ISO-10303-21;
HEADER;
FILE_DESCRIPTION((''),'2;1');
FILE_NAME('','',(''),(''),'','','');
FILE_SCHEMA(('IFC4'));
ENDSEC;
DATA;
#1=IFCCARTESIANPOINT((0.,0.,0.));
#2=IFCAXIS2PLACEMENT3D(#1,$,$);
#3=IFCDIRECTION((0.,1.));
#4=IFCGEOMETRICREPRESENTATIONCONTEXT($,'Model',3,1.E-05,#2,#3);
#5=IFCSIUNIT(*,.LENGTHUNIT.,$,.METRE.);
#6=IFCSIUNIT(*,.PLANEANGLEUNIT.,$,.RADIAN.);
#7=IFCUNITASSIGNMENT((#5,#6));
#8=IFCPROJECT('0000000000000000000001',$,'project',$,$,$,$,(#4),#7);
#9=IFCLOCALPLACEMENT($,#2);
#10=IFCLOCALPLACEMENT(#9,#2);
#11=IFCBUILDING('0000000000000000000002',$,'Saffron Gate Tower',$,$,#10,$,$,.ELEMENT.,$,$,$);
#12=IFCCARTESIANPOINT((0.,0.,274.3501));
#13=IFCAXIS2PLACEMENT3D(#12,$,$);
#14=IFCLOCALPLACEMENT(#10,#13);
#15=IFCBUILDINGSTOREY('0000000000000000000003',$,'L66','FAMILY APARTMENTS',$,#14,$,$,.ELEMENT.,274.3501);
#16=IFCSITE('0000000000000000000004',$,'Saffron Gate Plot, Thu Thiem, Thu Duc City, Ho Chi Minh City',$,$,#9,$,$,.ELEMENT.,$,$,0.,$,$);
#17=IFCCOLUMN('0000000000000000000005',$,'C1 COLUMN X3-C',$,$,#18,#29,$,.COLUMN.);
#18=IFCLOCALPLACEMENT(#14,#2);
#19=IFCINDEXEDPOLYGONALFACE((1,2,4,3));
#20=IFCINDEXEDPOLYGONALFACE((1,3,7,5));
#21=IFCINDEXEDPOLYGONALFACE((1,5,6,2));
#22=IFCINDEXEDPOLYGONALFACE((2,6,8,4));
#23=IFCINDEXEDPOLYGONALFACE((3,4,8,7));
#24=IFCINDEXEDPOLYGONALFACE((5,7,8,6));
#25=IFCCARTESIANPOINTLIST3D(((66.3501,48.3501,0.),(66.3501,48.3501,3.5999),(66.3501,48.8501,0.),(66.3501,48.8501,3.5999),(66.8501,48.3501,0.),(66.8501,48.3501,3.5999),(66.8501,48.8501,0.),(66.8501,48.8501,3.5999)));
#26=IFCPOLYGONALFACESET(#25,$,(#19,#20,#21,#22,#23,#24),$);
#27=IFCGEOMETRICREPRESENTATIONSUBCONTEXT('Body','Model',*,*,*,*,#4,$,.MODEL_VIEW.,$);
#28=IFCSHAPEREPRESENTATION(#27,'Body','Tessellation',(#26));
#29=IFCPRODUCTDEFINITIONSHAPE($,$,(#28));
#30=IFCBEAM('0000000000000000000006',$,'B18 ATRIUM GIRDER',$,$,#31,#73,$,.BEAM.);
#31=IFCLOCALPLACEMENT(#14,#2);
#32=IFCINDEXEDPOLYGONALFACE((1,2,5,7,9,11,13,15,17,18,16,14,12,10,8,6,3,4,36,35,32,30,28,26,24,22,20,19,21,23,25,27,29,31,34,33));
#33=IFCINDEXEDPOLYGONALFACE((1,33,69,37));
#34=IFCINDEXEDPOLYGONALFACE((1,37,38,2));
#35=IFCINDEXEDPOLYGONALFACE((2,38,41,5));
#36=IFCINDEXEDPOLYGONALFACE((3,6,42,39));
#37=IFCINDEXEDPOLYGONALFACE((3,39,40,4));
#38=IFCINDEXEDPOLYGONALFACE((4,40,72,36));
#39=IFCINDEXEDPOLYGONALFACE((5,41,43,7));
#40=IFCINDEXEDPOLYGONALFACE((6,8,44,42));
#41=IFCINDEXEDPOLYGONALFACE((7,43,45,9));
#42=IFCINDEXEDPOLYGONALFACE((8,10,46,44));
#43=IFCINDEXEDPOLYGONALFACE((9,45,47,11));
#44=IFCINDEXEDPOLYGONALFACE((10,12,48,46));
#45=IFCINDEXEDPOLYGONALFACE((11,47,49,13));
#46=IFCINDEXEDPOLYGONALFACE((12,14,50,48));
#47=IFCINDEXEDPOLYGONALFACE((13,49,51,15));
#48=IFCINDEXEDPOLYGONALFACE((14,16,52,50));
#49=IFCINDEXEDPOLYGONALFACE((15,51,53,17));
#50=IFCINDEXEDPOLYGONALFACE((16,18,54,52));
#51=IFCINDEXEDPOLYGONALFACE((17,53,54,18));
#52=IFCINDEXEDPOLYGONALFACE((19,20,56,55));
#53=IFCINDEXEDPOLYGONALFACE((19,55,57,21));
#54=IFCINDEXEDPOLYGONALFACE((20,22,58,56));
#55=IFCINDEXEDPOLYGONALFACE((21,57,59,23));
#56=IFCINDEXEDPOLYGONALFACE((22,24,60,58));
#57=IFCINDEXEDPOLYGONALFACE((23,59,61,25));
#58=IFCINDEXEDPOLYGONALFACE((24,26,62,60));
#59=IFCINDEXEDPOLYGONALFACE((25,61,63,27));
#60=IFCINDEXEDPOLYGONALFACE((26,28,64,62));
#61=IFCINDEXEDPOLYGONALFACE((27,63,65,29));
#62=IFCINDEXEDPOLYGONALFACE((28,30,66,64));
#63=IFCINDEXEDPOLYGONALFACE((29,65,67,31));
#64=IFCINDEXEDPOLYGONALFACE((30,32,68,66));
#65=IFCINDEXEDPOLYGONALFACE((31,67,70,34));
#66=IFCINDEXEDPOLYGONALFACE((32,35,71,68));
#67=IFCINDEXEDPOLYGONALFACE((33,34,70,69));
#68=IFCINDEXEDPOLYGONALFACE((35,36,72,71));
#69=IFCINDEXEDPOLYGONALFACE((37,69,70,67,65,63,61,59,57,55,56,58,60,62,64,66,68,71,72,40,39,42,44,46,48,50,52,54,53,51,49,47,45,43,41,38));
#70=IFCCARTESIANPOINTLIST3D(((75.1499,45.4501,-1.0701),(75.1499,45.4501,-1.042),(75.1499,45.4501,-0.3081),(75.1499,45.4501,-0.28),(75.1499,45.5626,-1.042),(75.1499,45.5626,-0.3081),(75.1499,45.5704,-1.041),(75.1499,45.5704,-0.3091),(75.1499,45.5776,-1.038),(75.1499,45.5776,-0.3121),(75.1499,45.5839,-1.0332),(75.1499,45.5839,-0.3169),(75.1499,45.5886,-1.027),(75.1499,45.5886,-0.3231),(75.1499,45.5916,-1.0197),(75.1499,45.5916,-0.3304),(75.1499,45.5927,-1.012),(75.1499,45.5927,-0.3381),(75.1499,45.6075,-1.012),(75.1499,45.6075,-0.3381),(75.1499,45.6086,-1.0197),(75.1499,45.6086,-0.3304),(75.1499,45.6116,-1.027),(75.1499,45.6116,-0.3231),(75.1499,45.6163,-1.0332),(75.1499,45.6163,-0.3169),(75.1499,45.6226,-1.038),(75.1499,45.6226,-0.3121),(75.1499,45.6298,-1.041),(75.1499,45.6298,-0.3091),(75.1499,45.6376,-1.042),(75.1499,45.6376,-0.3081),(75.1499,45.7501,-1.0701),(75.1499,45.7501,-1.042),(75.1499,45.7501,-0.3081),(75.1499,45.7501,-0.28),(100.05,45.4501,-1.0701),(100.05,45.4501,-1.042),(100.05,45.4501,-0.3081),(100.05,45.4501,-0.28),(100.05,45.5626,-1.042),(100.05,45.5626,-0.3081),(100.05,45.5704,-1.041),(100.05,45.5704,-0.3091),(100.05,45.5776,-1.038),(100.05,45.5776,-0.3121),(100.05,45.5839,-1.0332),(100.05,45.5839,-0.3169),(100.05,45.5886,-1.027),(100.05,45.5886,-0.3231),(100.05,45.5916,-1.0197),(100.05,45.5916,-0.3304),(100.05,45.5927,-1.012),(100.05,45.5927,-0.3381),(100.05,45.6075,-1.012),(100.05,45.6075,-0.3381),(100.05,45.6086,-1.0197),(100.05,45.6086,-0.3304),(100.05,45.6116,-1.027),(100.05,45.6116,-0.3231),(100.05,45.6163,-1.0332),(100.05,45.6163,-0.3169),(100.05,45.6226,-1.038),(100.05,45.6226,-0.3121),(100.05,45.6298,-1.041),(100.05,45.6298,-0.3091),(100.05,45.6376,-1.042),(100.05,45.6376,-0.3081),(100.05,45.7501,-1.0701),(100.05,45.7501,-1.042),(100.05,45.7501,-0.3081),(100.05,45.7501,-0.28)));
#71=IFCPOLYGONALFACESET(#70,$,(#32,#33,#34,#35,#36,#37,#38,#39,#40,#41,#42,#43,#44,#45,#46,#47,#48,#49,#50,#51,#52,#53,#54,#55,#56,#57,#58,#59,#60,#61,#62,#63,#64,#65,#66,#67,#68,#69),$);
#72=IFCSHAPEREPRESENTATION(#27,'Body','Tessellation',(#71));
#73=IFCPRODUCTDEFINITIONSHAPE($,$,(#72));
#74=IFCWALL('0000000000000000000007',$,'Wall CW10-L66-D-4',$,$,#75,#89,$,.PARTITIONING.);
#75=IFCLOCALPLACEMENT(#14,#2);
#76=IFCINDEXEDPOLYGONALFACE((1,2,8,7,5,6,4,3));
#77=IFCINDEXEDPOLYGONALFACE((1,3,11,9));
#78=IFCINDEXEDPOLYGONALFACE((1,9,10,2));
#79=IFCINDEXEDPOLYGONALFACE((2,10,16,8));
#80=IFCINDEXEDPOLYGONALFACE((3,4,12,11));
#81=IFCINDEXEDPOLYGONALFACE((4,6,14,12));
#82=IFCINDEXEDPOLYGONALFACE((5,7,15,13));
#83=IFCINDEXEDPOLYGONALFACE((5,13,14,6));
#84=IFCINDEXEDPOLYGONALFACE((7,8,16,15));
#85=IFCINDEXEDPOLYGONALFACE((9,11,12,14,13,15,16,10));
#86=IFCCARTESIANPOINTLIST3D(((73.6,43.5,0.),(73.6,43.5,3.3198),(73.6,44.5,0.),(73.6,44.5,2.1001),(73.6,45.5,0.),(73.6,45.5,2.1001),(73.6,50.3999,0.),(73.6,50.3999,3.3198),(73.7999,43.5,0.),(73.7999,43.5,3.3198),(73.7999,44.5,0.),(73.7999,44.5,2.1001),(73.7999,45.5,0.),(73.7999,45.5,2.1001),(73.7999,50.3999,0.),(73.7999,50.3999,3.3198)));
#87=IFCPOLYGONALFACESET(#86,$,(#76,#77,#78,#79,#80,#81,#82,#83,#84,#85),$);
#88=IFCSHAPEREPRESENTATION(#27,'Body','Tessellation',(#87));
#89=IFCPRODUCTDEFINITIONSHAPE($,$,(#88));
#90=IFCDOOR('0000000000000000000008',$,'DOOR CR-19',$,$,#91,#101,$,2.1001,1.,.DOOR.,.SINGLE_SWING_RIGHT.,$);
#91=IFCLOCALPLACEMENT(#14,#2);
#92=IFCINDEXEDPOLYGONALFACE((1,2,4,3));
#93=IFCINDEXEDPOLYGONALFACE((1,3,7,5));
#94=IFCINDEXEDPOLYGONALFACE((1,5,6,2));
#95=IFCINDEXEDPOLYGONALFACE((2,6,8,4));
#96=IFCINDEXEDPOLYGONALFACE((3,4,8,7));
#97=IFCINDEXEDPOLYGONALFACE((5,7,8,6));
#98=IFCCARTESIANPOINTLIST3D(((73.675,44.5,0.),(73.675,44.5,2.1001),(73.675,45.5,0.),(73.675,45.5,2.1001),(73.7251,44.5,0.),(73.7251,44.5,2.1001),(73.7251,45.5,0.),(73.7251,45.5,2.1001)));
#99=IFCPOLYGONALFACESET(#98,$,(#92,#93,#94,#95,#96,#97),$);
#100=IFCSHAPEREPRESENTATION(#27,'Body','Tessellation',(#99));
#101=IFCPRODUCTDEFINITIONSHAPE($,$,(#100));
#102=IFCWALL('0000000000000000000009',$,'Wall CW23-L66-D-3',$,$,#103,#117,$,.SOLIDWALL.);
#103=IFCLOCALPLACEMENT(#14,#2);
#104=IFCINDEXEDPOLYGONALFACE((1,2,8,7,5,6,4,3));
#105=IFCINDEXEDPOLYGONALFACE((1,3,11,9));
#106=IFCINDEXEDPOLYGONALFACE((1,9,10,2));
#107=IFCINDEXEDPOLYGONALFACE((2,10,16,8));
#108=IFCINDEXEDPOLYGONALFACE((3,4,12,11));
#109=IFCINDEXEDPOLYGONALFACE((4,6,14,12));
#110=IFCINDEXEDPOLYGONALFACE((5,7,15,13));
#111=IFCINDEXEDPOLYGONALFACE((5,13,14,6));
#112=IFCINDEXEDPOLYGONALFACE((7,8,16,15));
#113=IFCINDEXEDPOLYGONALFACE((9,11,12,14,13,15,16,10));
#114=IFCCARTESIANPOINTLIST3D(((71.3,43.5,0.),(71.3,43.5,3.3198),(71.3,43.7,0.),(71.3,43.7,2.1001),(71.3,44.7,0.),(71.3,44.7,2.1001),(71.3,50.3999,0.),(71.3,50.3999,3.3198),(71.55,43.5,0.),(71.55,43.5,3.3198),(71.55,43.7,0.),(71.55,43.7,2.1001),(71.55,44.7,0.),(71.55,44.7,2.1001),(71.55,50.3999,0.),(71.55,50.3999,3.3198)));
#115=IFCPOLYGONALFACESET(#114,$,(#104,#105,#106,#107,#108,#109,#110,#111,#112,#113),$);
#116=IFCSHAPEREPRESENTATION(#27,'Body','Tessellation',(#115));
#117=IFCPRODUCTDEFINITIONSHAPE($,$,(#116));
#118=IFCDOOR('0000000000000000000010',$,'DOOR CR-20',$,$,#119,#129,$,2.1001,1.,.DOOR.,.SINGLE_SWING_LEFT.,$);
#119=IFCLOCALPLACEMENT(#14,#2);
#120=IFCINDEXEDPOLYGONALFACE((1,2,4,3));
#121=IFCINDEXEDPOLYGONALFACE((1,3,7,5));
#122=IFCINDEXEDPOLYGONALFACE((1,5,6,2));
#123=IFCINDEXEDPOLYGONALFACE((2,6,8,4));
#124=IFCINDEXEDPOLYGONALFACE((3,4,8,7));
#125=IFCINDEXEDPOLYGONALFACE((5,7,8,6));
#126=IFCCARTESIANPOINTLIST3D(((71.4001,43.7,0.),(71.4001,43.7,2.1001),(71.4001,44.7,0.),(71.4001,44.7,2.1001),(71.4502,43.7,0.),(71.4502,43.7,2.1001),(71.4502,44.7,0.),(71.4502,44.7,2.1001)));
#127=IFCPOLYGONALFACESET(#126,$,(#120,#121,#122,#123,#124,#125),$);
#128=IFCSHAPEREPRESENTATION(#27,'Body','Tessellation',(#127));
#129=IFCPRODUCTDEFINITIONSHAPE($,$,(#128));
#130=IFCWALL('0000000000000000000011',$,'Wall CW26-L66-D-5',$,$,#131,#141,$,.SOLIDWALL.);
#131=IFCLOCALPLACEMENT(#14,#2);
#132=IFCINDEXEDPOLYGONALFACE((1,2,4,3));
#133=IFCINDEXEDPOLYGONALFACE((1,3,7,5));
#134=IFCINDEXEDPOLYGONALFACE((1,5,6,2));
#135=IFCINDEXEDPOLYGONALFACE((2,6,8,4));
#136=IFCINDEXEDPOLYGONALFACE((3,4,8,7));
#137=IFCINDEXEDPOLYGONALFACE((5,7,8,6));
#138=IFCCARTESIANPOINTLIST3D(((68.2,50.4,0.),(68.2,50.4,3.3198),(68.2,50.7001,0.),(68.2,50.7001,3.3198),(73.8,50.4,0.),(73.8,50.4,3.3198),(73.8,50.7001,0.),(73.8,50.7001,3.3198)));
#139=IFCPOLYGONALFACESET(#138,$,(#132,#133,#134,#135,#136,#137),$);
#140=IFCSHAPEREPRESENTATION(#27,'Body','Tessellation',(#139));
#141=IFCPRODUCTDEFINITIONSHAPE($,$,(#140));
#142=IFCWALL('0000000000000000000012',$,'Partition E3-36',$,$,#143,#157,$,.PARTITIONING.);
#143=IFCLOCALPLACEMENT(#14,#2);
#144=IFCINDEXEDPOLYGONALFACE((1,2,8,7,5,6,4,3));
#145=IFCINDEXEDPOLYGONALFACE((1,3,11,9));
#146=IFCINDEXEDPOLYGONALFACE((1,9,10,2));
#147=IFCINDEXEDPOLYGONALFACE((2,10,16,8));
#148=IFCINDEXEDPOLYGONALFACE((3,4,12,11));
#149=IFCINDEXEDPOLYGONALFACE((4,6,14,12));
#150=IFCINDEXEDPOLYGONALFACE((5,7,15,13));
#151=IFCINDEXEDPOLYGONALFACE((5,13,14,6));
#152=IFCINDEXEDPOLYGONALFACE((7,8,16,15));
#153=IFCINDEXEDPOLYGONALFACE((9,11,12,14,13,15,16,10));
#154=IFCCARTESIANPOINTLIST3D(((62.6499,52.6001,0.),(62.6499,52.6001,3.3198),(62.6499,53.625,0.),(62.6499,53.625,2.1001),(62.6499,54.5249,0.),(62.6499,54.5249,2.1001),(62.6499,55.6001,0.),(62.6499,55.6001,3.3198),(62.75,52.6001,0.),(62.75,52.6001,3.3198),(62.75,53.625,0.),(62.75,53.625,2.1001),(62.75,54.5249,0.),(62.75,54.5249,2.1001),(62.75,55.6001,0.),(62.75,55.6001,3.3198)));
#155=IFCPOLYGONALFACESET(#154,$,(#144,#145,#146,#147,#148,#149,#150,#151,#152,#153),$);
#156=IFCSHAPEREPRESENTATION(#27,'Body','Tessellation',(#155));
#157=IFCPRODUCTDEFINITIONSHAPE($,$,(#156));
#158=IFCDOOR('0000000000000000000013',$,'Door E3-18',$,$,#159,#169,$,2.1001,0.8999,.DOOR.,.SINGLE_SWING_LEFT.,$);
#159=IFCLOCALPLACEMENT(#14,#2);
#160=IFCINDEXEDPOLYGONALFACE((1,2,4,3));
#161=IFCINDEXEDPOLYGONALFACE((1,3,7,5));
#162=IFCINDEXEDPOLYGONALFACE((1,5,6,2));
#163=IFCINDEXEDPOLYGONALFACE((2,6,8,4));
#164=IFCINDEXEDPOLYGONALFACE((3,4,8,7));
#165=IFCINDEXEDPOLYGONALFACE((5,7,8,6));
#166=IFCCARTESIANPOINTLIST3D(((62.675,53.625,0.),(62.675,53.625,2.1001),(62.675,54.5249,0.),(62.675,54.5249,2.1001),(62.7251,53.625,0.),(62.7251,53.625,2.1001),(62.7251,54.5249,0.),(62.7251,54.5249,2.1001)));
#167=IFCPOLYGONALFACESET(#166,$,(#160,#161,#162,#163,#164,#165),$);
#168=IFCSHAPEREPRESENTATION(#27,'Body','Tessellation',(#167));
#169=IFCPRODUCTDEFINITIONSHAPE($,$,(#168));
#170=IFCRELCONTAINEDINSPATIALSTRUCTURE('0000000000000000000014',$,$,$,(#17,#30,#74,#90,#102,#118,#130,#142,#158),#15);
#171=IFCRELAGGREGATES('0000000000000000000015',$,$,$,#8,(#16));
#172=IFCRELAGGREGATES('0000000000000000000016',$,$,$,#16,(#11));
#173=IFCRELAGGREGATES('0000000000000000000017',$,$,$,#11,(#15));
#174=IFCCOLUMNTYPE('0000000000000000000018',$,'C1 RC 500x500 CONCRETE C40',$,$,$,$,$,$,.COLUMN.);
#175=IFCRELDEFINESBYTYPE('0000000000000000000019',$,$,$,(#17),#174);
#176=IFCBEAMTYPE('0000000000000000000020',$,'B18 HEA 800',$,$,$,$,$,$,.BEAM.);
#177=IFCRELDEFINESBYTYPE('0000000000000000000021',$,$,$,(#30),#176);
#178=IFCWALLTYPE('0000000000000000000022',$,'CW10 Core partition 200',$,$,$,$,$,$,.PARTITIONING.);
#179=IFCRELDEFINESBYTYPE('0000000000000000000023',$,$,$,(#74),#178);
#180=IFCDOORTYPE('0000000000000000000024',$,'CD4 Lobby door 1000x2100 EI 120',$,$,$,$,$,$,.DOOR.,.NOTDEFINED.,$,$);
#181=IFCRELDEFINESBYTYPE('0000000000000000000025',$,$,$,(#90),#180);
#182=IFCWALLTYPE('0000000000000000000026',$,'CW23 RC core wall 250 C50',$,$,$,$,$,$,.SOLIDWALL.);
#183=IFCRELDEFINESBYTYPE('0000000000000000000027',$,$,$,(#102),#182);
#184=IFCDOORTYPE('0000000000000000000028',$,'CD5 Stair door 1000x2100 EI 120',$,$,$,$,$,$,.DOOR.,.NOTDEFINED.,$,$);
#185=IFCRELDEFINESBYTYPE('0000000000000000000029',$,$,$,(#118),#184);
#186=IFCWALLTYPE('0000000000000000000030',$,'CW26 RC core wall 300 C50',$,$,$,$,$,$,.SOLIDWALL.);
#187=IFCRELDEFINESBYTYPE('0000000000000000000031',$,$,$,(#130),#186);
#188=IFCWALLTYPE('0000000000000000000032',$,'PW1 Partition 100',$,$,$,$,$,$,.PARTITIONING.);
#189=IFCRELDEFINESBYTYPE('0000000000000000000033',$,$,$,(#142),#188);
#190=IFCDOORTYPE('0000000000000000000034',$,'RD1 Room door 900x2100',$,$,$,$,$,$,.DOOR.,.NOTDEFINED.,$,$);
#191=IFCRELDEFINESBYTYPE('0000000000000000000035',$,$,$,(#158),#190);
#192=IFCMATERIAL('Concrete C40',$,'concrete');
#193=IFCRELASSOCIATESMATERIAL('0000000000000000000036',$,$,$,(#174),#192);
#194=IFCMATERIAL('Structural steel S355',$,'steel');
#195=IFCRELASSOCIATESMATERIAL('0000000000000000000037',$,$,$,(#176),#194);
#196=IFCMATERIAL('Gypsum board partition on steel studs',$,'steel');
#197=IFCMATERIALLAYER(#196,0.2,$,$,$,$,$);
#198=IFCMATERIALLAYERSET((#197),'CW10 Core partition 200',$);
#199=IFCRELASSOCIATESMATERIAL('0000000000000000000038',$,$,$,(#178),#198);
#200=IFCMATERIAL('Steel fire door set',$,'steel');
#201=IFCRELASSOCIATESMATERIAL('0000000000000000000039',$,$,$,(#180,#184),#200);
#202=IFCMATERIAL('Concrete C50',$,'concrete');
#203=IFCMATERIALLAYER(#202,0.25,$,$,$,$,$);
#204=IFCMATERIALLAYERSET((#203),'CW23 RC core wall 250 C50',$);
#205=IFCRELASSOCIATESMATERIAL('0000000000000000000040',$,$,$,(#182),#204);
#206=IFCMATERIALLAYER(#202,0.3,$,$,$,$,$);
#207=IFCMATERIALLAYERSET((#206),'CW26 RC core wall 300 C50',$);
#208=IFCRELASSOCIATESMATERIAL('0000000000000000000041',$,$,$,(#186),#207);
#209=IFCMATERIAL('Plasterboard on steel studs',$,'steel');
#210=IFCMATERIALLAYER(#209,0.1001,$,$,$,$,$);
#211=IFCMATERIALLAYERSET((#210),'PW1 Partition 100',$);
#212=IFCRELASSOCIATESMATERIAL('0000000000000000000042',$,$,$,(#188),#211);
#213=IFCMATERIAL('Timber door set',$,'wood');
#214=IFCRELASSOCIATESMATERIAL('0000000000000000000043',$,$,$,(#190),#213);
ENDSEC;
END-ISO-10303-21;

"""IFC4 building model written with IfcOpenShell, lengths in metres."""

from ifc_helpers import new_model, si_unit, direction, frame, frame_2d, origin, origin_2d, place, context, subcontext, project, spatial, rectangle, i_section, extrude, material, layer, layer_set, material_profile, profile_set, type_object, element, fill, save


model = new_model("IFC4")

# Units and contexts
model_context = context("Model", 3, precision=1e-05, world=origin(), true_north=direction((0.0, 1.0)))
body_context = subcontext(model_context, "Body", "Model", "MODEL_VIEW")
ifc_project = project(units=[si_unit("LENGTHUNIT", "METRE"), si_unit("PLANEANGLEUNIT", "RADIAN")], contexts=[model_context])

# Site, building, storey
site_placement = place(None, origin())
site = spatial("IfcSite", under=ifc_project, at=site_placement, Name="Saffron Gate Plot, Thu Thiem, Thu Duc City, Ho Chi Minh City", CompositionType="ELEMENT", RefElevation=0.0)
building_placement = place(site_placement, origin())
building = spatial("IfcBuilding", under=site, at=building_placement, Name="Saffron Gate Tower", CompositionType="ELEMENT")
storey_placement = place(building_placement, frame((0.0, 0.0, 274.3501)))
storey = spatial("IfcBuildingStorey", under=building, at=storey_placement, Name="L66", Description="FAMILY APARTMENTS", CompositionType="ELEMENT", Elevation=274.3501)

# Column
ifc_material_1 = material(Name="Concrete C40", Category="concrete")
ifc_material_profile_1 = material_profile(ifc_material_1, rectangle(XDim=0.5, YDim=0.5, at=origin_2d()))
ifc_profile_set_1 = profile_set([ifc_material_profile_1], Name="Concrete C40")
column_type = type_object("IfcColumnType", Name="C1 RC 500x500 CONCRETE C40", PredefinedType="COLUMN", material=ifc_profile_set_1)
column_placement = place(storey_placement, frame((66.6001, 48.6001, 0.0), z_axis=(0.0, 0.0, 1.0), x_axis=(1.0, 0.0, 0.0)))
element("IfcColumn", 1, at=column_placement, inside=storey, type_object=column_type, Name="C1 COLUMN X3-C", PredefinedType="COLUMN", context=body_context, shape_type="SweptSolid", body=[
    extrude(rectangle(XDim=0.5, YDim=0.5, at=origin_2d()), origin(), (0.0, 0.0, 1.0), 3.5999),
])

# Beam
ifc_material_2 = material(Name="Structural steel S355", Category="steel")
ifc_material_profile_2 = material_profile(ifc_material_2, i_section(OverallWidth=0.3, OverallDepth=0.79, WebThickness=0.0149, FlangeThickness=0.0281, FilletRadius=0.03, at=origin_2d()))
ifc_profile_set_2 = profile_set([ifc_material_profile_2], Name="Structural steel S355")
beam_type = type_object("IfcBeamType", Name="B18 HEA 800", PredefinedType="BEAM", material=ifc_profile_set_2)
beam_placement = place(storey_placement, frame((75.1499, 45.6001, -0.675), z_axis=(1.0, 0.0, 0.0), x_axis=(0.0, 1.0, 0.0)))
element("IfcBeam", 2, at=beam_placement, inside=storey, type_object=beam_type, Name="B18 ATRIUM GIRDER", PredefinedType="BEAM", context=body_context, shape_type="SweptSolid", body=[
    extrude(i_section(OverallWidth=0.3, OverallDepth=0.79, WebThickness=0.0149, FlangeThickness=0.0281, FilletRadius=0.03, at=origin_2d()), origin(), (0.0, 0.0, 1.0), 24.9001),
])

# Walls, openings, doors
ifc_material_3 = material(Name="Gypsum board partition on steel studs", Category="steel")
ifc_layer_1 = layer(ifc_material_3, 0.2)
ifc_layer_set_1 = layer_set([ifc_layer_1], Name="CW10 Core partition 200")
wall_type_1 = type_object("IfcWallType", Name="CW10 Core partition 200", PredefinedType="PARTITIONING", material=ifc_layer_set_1)
wall_1_placement = place(storey_placement, frame((73.7, 43.5, 0.0), z_axis=(0.0, 0.0, 1.0), x_axis=(0.0, 1.0, 0.0)))
wall_1 = element("IfcWall", 3, at=wall_1_placement, inside=storey, type_object=wall_type_1, Name="Wall CW10-L66-D-4", PredefinedType="PARTITIONING", context=body_context, shape_type="SweptSolid", body=[
    extrude(rectangle(XDim=6.8999, YDim=0.2, at=frame_2d((3.45, 0.0))), origin(), (0.0, 0.0, 1.0), 3.3198),
])
opening_1_placement = place(wall_1_placement, frame((1.0, 0.0, 0.0)))
opening_1 = element("IfcOpeningElement", 4, at=opening_1_placement, cuts=wall_1, PredefinedType="OPENING", context=body_context, shape_type="SweptSolid", body=[
    extrude(rectangle(XDim=1.0, YDim=2.1001, at=frame_2d((0.5, 1.05))), frame((0.0, 0.1099, 0.0), z_axis=(0.0, -1.0, 0.0), x_axis=(1.0, 0.0, 0.0)), (0.0, 0.0, 1.0), 0.22),
])
ifc_material_4 = material(Name="Steel fire door set", Category="steel")
door_type_1 = type_object("IfcDoorType", Name="CD4 Lobby door 1000x2100 EI 120", OperationType="NOTDEFINED", PredefinedType="DOOR", material=ifc_material_4)
door_1_placement = place(opening_1_placement, origin())
door_1 = element("IfcDoor", 5, at=door_1_placement, inside=storey, type_object=door_type_1, Name="DOOR CR-19", OperationType="SINGLE_SWING_RIGHT", OverallHeight=2.1001, OverallWidth=1.0, PredefinedType="DOOR", context=body_context, shape_type="SweptSolid", body=[
    extrude(rectangle(XDim=1.0, YDim=2.1001, at=frame_2d((0.5, 1.05))), frame((0.0, 0.0249, 0.0), z_axis=(0.0, -1.0, 0.0), x_axis=(1.0, 0.0, 0.0)), (0.0, 0.0, 1.0), 0.05),
])
fill(opening_1, door_1)
ifc_material_5 = material(Name="Concrete C50", Category="concrete")
ifc_layer_2 = layer(ifc_material_5, 0.25)
ifc_layer_set_2 = layer_set([ifc_layer_2], Name="CW23 RC core wall 250 C50")
wall_type_2 = type_object("IfcWallType", Name="CW23 RC core wall 250 C50", PredefinedType="SOLIDWALL", material=ifc_layer_set_2)
wall_2_placement = place(storey_placement, frame((71.425, 43.5, 0.0), z_axis=(0.0, 0.0, 1.0), x_axis=(0.0, 1.0, 0.0)))
wall_2 = element("IfcWall", 6, at=wall_2_placement, inside=storey, type_object=wall_type_2, Name="Wall CW23-L66-D-3", PredefinedType="SOLIDWALL", context=body_context, shape_type="SweptSolid", body=[
    extrude(rectangle(XDim=6.8999, YDim=0.25, at=frame_2d((3.45, 0.0))), origin(), (0.0, 0.0, 1.0), 3.3198),
])
opening_2_placement = place(wall_2_placement, frame((0.2, 0.0, 0.0)))
opening_2 = element("IfcOpeningElement", 7, at=opening_2_placement, cuts=wall_2, PredefinedType="OPENING", context=body_context, shape_type="SweptSolid", body=[
    extrude(rectangle(XDim=1.0, YDim=2.1001, at=frame_2d((0.5, 1.05))), frame((0.0, 0.135, 0.0), z_axis=(0.0, -1.0, 0.0), x_axis=(1.0, 0.0, 0.0)), (0.0, 0.0, 1.0), 0.27),
])
door_type_2 = type_object("IfcDoorType", Name="CD5 Stair door 1000x2100 EI 120", OperationType="NOTDEFINED", PredefinedType="DOOR", material=ifc_material_4)
door_2_placement = place(opening_2_placement, origin())
door_2 = element("IfcDoor", 8, at=door_2_placement, inside=storey, type_object=door_type_2, Name="DOOR CR-20", OperationType="SINGLE_SWING_LEFT", OverallHeight=2.1001, OverallWidth=1.0, PredefinedType="DOOR", context=body_context, shape_type="SweptSolid", body=[
    extrude(rectangle(XDim=1.0, YDim=2.1001, at=frame_2d((0.5, 1.05))), frame((0.0, 0.0249, 0.0), z_axis=(0.0, -1.0, 0.0), x_axis=(1.0, 0.0, 0.0)), (0.0, 0.0, 1.0), 0.05),
])
fill(opening_2, door_2)

# Wall
ifc_layer_3 = layer(ifc_material_5, 0.3)
ifc_layer_set_3 = layer_set([ifc_layer_3], Name="CW26 RC core wall 300 C50")
wall_type_3 = type_object("IfcWallType", Name="CW26 RC core wall 300 C50", PredefinedType="SOLIDWALL", material=ifc_layer_set_3)
wall_3_placement = place(storey_placement, frame((68.2, 50.55, 0.0), z_axis=(0.0, 0.0, 1.0), x_axis=(1.0, 0.0, 0.0)))
element("IfcWall", 9, at=wall_3_placement, inside=storey, type_object=wall_type_3, Name="Wall CW26-L66-D-5", PredefinedType="SOLIDWALL", context=body_context, shape_type="SweptSolid", body=[
    extrude(rectangle(XDim=5.6001, YDim=0.3, at=frame_2d((2.8, 0.0))), origin(), (0.0, 0.0, 1.0), 3.3198),
])

# Wall, opening, door
ifc_material_6 = material(Name="Plasterboard on steel studs", Category="steel")
ifc_layer_4 = layer(ifc_material_6, 0.1001)
ifc_layer_set_4 = layer_set([ifc_layer_4], Name="PW1 Partition 100")
wall_type_4 = type_object("IfcWallType", Name="PW1 Partition 100", PredefinedType="PARTITIONING", material=ifc_layer_set_4)
wall_4_placement = place(storey_placement, frame((62.7, 52.6001, 0.0), z_axis=(0.0, 0.0, 1.0), x_axis=(0.0, 1.0, 0.0)))
wall_4 = element("IfcWall", 10, at=wall_4_placement, inside=storey, type_object=wall_type_4, Name="Partition E3-36", PredefinedType="PARTITIONING", context=body_context, shape_type="SweptSolid", body=[
    extrude(rectangle(XDim=3.0, YDim=0.1001, at=frame_2d((1.5, 0.0))), origin(), (0.0, 0.0, 1.0), 3.3198),
])
opening_3_placement = place(wall_4_placement, frame((1.0249, 0.0, 0.0)))
opening_3 = element("IfcOpeningElement", 11, at=opening_3_placement, cuts=wall_4, PredefinedType="OPENING", context=body_context, shape_type="SweptSolid", body=[
    extrude(rectangle(XDim=0.8999, YDim=2.1001, at=frame_2d((0.45, 1.05))), frame((0.0, 0.0601, 0.0), z_axis=(0.0, -1.0, 0.0), x_axis=(1.0, 0.0, 0.0)), (0.0, 0.0, 1.0), 0.1201),
])
ifc_material_7 = material(Name="Timber door set", Category="wood")
door_type_3 = type_object("IfcDoorType", Name="RD1 Room door 900x2100", OperationType="NOTDEFINED", PredefinedType="DOOR", material=ifc_material_7)
door_3_placement = place(opening_3_placement, origin())
door_3 = element("IfcDoor", 12, at=door_3_placement, inside=storey, type_object=door_type_3, Name="Door E3-18", OperationType="SINGLE_SWING_LEFT", OverallHeight=2.1001, OverallWidth=0.8999, PredefinedType="DOOR", context=body_context, shape_type="SweptSolid", body=[
    extrude(rectangle(XDim=0.8999, YDim=2.1001, at=frame_2d((0.45, 1.05))), frame((0.0, 0.0249, 0.0), z_axis=(0.0, -1.0, 0.0), x_axis=(1.0, 0.0, 0.0)), (0.0, 0.0, 1.0), 0.05),
])
fill(opening_3, door_3)

save(model, "model.ifc")
